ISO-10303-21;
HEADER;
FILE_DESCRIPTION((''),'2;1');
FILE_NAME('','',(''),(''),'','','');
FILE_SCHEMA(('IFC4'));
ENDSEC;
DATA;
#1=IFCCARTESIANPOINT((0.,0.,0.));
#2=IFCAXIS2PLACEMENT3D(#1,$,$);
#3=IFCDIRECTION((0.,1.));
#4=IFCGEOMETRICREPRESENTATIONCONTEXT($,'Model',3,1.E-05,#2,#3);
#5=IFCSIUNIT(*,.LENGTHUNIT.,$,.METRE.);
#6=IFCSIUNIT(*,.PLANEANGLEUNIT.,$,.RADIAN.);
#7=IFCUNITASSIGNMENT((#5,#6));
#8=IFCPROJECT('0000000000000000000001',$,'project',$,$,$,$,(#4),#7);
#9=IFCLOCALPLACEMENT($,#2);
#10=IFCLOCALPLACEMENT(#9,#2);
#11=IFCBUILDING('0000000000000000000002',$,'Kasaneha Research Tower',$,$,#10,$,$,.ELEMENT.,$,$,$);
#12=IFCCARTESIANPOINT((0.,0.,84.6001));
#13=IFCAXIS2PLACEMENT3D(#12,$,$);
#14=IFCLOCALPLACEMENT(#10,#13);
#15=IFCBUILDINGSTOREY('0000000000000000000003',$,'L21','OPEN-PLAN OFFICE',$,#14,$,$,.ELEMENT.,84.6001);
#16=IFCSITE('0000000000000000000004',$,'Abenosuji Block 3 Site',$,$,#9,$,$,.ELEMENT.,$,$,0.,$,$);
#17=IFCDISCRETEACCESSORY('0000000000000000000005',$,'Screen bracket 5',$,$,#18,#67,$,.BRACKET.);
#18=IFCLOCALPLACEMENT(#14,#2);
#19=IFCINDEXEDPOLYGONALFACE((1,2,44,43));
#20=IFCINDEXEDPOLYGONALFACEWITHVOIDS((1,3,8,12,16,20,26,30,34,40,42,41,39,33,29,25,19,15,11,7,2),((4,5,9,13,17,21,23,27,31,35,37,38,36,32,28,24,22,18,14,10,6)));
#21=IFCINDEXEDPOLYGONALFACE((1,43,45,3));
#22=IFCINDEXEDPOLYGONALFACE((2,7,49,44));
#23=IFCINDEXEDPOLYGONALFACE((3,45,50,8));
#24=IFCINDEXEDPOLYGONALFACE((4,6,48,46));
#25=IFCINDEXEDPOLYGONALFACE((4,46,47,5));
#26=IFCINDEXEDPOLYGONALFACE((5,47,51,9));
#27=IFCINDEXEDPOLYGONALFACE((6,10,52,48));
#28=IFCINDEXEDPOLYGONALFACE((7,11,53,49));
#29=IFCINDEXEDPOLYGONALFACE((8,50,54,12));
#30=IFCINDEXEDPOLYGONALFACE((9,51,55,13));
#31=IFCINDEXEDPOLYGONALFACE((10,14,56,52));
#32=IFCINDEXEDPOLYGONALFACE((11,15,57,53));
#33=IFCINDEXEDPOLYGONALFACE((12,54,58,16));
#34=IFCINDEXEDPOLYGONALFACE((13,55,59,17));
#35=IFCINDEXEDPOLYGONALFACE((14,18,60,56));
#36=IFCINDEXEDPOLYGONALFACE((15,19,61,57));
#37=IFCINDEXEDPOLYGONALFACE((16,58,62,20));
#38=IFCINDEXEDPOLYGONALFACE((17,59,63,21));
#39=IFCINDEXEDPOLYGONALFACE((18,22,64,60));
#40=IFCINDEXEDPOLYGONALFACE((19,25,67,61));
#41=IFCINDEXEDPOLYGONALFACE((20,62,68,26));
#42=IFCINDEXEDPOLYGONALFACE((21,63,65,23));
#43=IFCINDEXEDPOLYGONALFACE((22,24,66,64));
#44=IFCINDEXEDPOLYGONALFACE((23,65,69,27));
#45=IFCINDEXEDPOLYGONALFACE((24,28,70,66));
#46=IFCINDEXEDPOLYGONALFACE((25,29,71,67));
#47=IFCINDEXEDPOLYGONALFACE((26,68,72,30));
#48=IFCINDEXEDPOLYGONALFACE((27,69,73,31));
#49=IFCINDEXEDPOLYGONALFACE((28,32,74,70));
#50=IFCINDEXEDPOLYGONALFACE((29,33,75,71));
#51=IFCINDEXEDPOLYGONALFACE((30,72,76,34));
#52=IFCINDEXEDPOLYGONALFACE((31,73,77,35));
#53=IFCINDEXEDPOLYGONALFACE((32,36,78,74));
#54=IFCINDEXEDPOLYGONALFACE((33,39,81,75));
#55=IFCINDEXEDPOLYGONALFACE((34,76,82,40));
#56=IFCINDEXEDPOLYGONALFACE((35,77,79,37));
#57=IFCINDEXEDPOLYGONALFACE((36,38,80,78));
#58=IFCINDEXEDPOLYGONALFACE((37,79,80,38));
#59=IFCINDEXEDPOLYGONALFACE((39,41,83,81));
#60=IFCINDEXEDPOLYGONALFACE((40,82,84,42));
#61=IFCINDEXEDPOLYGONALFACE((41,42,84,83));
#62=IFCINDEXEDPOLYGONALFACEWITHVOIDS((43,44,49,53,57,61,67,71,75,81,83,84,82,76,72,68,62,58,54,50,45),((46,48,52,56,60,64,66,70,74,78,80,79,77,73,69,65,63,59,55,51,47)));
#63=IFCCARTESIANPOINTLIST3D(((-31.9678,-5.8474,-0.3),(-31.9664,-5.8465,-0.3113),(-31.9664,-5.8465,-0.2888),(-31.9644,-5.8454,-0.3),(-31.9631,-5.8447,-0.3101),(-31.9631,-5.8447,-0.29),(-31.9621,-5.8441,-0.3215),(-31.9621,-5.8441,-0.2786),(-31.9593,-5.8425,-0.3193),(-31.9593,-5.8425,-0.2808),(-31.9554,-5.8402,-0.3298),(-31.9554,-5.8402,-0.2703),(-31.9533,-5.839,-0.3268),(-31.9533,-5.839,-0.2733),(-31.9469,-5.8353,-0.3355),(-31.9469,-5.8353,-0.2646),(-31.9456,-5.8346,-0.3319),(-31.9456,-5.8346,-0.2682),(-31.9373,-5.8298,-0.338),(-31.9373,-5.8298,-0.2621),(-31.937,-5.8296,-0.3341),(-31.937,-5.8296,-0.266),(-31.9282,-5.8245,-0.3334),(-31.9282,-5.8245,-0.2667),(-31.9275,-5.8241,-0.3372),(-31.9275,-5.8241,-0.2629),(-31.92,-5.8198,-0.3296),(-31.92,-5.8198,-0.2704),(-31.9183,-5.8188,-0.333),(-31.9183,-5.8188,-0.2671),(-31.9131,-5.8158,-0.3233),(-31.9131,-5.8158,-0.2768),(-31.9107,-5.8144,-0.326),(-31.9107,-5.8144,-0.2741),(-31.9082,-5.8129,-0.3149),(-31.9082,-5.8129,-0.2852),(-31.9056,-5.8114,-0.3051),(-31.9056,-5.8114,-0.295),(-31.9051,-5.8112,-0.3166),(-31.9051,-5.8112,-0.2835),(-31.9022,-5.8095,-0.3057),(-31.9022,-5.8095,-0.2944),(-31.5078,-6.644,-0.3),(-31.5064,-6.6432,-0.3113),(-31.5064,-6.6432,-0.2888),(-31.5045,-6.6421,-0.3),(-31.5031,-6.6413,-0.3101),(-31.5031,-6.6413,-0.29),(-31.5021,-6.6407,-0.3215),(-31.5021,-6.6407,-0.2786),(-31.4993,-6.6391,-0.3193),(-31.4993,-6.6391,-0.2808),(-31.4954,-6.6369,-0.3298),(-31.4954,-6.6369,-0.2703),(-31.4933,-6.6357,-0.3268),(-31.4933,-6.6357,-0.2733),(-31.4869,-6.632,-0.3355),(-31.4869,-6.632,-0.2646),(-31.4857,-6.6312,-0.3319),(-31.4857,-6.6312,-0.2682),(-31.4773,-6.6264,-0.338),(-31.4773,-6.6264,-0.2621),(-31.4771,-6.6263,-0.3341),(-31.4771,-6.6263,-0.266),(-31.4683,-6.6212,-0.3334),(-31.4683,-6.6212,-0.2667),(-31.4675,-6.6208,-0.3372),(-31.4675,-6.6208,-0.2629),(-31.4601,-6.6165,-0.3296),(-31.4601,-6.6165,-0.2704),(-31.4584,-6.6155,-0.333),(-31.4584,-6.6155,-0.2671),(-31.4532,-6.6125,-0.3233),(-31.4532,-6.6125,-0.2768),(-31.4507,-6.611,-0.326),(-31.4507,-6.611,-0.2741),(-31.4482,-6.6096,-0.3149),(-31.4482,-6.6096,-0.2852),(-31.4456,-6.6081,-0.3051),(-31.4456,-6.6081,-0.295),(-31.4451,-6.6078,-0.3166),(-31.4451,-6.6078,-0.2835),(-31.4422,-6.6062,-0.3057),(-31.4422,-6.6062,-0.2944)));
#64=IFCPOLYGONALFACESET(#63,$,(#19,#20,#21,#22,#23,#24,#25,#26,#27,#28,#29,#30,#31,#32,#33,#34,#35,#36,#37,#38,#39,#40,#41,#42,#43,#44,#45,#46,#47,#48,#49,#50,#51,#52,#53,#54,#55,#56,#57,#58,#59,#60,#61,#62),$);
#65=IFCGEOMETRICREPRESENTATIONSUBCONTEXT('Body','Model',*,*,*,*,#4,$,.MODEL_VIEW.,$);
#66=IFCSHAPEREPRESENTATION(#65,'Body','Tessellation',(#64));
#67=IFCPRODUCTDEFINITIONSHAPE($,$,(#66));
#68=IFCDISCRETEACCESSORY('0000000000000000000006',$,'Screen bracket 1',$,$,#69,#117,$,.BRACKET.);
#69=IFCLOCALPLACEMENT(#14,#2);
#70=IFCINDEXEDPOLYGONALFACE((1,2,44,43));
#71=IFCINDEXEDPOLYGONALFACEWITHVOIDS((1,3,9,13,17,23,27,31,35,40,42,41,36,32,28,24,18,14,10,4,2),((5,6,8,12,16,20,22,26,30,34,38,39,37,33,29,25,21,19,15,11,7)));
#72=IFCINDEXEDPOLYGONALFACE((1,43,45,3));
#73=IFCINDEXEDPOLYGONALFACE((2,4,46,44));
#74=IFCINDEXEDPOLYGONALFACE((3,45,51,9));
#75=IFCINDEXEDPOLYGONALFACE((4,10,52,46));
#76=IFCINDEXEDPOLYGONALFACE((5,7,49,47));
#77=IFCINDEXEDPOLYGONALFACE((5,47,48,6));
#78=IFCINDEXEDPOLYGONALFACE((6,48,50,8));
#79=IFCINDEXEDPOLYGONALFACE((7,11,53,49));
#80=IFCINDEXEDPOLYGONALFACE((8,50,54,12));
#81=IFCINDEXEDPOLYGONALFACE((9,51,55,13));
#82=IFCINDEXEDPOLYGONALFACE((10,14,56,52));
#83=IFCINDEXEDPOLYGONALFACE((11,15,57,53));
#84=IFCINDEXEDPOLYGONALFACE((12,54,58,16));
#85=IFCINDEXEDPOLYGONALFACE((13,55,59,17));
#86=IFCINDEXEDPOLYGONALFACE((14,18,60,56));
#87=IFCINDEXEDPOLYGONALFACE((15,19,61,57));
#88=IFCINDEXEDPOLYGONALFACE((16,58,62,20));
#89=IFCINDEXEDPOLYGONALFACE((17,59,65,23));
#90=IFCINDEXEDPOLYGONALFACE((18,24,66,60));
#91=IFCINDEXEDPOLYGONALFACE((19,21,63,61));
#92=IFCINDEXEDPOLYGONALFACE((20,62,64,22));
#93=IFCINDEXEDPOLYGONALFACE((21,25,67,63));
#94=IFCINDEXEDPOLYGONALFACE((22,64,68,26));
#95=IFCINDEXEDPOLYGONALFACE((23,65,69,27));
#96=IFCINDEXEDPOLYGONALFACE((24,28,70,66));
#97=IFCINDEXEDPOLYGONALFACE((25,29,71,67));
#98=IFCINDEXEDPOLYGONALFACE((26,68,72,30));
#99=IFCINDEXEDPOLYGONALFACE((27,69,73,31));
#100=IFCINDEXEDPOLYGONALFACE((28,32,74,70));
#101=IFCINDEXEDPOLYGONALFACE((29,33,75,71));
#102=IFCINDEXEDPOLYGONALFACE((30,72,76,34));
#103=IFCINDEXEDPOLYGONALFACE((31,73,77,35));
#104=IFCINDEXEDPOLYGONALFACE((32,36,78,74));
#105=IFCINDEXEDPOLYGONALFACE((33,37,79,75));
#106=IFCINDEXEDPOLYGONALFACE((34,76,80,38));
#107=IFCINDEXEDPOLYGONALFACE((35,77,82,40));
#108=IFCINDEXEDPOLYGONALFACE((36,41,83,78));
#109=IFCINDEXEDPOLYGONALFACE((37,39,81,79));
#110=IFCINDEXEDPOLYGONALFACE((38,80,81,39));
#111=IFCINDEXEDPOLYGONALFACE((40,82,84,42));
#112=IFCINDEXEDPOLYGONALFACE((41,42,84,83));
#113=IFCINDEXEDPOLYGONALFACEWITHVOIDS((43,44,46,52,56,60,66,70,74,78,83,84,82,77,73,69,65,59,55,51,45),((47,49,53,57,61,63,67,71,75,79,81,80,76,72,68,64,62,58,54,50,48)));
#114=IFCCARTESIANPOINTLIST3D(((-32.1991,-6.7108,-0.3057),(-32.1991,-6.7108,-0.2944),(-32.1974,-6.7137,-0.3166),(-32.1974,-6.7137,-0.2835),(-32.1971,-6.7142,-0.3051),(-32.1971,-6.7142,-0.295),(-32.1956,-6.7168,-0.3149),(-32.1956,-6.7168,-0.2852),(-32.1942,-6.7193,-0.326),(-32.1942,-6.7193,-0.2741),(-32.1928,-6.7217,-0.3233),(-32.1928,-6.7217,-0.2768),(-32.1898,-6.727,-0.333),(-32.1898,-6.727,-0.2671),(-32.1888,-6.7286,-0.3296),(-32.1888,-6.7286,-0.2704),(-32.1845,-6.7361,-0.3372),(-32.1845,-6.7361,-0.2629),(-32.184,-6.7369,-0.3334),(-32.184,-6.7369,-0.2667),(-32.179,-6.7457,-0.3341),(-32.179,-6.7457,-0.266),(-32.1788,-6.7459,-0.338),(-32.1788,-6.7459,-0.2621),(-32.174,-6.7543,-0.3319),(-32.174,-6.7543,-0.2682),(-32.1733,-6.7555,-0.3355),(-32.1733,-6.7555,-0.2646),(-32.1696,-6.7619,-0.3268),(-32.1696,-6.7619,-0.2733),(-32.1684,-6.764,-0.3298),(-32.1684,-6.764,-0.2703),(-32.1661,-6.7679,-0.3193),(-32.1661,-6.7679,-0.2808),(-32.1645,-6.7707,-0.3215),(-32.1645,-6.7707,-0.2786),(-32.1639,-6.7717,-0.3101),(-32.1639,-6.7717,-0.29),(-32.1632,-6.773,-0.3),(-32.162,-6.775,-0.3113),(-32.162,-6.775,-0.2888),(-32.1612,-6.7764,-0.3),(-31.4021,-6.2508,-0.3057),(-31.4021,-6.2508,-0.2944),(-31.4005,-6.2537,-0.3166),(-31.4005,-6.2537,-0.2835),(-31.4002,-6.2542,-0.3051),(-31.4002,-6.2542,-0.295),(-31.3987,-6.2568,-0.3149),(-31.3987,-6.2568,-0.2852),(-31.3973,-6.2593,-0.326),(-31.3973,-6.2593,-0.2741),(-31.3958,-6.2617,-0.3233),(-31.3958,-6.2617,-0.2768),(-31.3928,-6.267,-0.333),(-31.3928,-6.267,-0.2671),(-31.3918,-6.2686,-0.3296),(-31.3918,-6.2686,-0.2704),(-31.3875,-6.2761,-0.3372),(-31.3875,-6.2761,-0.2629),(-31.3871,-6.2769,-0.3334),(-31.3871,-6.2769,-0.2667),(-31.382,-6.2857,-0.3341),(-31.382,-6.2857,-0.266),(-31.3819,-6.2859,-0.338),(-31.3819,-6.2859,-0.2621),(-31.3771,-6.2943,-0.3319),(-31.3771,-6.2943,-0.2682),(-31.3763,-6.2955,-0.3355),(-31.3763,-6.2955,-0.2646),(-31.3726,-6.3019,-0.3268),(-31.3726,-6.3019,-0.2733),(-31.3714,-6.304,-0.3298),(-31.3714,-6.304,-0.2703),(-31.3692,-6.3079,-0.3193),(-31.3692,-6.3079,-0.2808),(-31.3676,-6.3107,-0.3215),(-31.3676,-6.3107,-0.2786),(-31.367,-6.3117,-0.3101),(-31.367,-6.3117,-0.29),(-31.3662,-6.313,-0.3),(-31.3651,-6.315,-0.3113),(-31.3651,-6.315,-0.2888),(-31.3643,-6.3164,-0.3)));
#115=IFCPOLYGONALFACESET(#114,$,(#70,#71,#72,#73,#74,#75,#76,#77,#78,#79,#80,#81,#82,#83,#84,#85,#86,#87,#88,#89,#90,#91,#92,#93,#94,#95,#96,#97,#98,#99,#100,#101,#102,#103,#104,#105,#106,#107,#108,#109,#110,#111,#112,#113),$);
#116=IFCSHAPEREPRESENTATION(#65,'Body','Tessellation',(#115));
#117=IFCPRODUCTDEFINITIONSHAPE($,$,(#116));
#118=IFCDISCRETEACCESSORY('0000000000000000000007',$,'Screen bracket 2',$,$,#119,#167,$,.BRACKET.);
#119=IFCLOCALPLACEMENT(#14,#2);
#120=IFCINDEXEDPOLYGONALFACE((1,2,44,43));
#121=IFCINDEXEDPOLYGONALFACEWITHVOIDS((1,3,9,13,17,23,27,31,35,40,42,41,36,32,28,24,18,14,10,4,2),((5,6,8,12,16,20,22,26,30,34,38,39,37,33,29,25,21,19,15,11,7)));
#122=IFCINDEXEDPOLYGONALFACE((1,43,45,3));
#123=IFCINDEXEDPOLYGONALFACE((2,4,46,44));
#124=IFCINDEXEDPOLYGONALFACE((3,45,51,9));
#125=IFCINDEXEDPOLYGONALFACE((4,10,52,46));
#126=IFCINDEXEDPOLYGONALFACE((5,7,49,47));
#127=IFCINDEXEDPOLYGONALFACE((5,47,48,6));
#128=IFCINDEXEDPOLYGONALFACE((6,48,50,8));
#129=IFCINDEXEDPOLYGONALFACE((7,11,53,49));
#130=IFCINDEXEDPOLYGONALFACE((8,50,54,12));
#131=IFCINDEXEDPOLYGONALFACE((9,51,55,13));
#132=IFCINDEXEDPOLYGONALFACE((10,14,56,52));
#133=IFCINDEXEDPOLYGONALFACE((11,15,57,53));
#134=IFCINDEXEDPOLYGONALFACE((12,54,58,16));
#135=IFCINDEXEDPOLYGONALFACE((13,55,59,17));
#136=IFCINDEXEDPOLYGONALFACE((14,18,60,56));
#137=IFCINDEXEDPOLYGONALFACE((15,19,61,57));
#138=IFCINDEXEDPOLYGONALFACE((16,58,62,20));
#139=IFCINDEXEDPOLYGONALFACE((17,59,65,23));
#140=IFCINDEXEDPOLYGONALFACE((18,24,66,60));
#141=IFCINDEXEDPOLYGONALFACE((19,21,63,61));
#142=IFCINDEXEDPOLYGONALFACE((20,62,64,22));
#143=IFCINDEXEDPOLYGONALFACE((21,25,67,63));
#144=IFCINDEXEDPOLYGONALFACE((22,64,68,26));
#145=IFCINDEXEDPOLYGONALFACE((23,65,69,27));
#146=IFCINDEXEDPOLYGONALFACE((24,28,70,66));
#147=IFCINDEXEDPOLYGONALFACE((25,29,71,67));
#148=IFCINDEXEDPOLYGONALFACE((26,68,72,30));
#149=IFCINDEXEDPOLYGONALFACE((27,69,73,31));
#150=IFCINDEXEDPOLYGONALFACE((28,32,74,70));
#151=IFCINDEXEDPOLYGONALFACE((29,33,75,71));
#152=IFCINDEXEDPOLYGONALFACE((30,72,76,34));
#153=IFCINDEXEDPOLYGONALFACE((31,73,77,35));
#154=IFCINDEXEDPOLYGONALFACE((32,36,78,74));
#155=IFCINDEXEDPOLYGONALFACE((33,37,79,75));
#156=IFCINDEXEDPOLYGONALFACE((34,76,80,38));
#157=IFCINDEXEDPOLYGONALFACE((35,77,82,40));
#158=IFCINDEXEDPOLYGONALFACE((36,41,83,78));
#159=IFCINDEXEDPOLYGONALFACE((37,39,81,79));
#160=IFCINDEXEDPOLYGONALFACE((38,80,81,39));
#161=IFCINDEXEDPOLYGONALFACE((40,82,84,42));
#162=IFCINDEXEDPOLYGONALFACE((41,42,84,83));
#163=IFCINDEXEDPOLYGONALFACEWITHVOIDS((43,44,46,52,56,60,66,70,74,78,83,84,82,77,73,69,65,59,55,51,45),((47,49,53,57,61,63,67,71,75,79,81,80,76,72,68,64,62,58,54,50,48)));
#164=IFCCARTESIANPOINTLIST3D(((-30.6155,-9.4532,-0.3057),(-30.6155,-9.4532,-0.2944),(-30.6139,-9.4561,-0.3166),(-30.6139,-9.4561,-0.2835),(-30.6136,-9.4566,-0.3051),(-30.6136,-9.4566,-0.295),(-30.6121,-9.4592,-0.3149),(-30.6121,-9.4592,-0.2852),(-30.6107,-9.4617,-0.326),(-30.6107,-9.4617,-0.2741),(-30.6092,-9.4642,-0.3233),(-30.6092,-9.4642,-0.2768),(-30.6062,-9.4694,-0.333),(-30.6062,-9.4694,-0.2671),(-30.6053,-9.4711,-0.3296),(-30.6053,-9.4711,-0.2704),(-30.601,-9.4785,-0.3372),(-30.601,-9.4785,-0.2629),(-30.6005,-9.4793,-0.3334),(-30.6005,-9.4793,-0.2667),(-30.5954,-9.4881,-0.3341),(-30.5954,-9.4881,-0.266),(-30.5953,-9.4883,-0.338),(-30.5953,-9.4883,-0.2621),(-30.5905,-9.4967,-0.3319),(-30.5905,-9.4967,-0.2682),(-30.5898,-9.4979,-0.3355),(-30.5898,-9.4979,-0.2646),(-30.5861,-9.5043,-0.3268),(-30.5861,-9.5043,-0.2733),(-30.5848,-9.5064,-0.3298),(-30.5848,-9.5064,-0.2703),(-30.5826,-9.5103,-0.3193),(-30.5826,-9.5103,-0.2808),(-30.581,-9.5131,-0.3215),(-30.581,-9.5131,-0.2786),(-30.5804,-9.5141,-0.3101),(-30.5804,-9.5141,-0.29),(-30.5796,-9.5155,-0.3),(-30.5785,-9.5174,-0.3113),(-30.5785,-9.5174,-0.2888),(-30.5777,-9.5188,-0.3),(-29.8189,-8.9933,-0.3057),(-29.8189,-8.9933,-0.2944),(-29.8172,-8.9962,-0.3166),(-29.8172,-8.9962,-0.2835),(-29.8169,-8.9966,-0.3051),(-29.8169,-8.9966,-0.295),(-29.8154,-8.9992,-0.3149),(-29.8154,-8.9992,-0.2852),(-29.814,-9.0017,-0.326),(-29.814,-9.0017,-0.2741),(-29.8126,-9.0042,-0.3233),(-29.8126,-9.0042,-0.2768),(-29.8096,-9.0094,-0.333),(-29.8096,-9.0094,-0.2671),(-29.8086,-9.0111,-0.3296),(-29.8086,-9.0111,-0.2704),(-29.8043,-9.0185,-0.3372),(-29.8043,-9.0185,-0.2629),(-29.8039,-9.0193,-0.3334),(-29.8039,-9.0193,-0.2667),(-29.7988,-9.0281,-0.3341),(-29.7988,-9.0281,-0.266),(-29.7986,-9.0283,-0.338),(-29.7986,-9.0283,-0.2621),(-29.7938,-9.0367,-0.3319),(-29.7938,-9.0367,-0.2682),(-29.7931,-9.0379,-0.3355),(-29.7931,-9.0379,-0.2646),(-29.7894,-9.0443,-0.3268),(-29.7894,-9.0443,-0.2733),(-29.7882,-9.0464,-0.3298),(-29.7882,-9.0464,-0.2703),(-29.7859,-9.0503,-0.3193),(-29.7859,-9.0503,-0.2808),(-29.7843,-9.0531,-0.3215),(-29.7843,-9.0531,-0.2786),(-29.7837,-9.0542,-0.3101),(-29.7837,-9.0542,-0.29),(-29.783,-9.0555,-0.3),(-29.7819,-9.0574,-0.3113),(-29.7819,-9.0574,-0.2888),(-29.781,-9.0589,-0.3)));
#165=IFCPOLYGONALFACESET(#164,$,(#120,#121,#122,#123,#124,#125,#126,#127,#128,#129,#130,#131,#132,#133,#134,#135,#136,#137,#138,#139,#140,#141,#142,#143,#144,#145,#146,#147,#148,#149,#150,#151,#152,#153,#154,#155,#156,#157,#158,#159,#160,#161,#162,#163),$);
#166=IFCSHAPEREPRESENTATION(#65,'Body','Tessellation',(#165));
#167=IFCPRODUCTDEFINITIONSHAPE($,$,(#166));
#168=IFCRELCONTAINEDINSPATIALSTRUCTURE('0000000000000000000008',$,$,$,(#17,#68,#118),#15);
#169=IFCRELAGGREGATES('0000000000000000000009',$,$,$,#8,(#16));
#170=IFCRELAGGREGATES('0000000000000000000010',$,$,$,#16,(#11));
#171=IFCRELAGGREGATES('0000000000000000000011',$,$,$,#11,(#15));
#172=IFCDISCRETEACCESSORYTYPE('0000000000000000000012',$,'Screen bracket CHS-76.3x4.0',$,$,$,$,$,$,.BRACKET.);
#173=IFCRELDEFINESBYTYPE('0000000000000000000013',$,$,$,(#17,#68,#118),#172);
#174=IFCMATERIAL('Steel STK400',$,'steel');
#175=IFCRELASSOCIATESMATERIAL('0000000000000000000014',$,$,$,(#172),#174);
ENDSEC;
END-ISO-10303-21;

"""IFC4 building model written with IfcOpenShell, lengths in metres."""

from ifc_helpers import new_model, si_unit, direction, frame, origin, origin_2d, place, context, subcontext, project, spatial, hollow_circle, extrude, material, material_profile, profile_set, type_object, element, save


model = new_model("IFC4")

# Units and contexts
model_context = context("Model", 3, precision=1e-05, world=origin(), true_north=direction((0.0, 1.0)))
body_context = subcontext(model_context, "Body", "Model", "MODEL_VIEW")
ifc_project = project(units=[si_unit("LENGTHUNIT", "METRE"), si_unit("PLANEANGLEUNIT", "RADIAN")], contexts=[model_context])

# Site, building, storey
site_placement = place(None, origin())
site = spatial("IfcSite", under=ifc_project, at=site_placement, Name="Abenosuji Block 3 Site", CompositionType="ELEMENT", RefElevation=0.0)
building_placement = place(site_placement, origin())
building = spatial("IfcBuilding", under=site, at=building_placement, Name="Kasaneha Research Tower", CompositionType="ELEMENT")
storey_placement = place(building_placement, frame((0.0, 0.0, 84.6001)))
storey = spatial("IfcBuildingStorey", under=building, at=storey_placement, Name="L21", Description="OPEN-PLAN OFFICE", CompositionType="ELEMENT", Elevation=84.6001)

# Discrete accessories
ifc_material_1 = material(Name="Steel STK400", Category="steel")
ifc_material_profile_1 = material_profile(ifc_material_1, hollow_circle(Radius=0.0381, WallThickness=0.0039, at=origin_2d()), Name="CHS-76.3x4.0")
ifc_profile_set_1 = profile_set([ifc_material_profile_1], Name="Steel STK400")
discrete_accessory_type = type_object("IfcDiscreteAccessoryType", Name="Screen bracket CHS-76.3x4.0", PredefinedType="BRACKET", material=ifc_profile_set_1)
discrete_accessory_1_placement = place(storey_placement, frame((-31.4749, -6.625, -0.3), z_axis=(-0.500021, 0.866013, 0.0), x_axis=(-0.866013, -0.500021, 0.0)))
element("IfcDiscreteAccessory", 1, at=discrete_accessory_1_placement, inside=storey, type_object=discrete_accessory_type, Name="Screen bracket 5", PredefinedType="BRACKET", context=body_context, shape_type="SweptSolid", body=[
    extrude(hollow_circle(Radius=0.0381, WallThickness=0.0039, at=origin_2d()), origin(), (0.0, 0.0, 1.0), 0.9199),
])
discrete_accessory_2_placement = place(storey_placement, frame((-31.3833, -6.2834, -0.3), z_axis=(-0.86608, -0.499906, 0.0), x_axis=(0.499906, -0.86608, 0.0)))
element("IfcDiscreteAccessory", 2, at=discrete_accessory_2_placement, inside=storey, type_object=discrete_accessory_type, Name="Screen bracket 1", PredefinedType="BRACKET", context=body_context, shape_type="SweptSolid", body=[
    extrude(hollow_circle(Radius=0.0381, WallThickness=0.0039, at=origin_2d()), origin(), (0.0, 0.0, 1.0), 0.9202),
])
discrete_accessory_3_placement = place(storey_placement, frame((-29.8, -9.0259, -0.3), z_axis=(-0.866013, -0.500021, 0.0), x_axis=(0.500021, -0.866013, 0.0)))
element("IfcDiscreteAccessory", 3, at=discrete_accessory_3_placement, inside=storey, type_object=discrete_accessory_type, Name="Screen bracket 2", PredefinedType="BRACKET", context=body_context, shape_type="SweptSolid", body=[
    extrude(hollow_circle(Radius=0.0381, WallThickness=0.0039, at=origin_2d()), origin(), (0.0, 0.0, 1.0), 0.9199),
])

save(model, "model.ifc")
